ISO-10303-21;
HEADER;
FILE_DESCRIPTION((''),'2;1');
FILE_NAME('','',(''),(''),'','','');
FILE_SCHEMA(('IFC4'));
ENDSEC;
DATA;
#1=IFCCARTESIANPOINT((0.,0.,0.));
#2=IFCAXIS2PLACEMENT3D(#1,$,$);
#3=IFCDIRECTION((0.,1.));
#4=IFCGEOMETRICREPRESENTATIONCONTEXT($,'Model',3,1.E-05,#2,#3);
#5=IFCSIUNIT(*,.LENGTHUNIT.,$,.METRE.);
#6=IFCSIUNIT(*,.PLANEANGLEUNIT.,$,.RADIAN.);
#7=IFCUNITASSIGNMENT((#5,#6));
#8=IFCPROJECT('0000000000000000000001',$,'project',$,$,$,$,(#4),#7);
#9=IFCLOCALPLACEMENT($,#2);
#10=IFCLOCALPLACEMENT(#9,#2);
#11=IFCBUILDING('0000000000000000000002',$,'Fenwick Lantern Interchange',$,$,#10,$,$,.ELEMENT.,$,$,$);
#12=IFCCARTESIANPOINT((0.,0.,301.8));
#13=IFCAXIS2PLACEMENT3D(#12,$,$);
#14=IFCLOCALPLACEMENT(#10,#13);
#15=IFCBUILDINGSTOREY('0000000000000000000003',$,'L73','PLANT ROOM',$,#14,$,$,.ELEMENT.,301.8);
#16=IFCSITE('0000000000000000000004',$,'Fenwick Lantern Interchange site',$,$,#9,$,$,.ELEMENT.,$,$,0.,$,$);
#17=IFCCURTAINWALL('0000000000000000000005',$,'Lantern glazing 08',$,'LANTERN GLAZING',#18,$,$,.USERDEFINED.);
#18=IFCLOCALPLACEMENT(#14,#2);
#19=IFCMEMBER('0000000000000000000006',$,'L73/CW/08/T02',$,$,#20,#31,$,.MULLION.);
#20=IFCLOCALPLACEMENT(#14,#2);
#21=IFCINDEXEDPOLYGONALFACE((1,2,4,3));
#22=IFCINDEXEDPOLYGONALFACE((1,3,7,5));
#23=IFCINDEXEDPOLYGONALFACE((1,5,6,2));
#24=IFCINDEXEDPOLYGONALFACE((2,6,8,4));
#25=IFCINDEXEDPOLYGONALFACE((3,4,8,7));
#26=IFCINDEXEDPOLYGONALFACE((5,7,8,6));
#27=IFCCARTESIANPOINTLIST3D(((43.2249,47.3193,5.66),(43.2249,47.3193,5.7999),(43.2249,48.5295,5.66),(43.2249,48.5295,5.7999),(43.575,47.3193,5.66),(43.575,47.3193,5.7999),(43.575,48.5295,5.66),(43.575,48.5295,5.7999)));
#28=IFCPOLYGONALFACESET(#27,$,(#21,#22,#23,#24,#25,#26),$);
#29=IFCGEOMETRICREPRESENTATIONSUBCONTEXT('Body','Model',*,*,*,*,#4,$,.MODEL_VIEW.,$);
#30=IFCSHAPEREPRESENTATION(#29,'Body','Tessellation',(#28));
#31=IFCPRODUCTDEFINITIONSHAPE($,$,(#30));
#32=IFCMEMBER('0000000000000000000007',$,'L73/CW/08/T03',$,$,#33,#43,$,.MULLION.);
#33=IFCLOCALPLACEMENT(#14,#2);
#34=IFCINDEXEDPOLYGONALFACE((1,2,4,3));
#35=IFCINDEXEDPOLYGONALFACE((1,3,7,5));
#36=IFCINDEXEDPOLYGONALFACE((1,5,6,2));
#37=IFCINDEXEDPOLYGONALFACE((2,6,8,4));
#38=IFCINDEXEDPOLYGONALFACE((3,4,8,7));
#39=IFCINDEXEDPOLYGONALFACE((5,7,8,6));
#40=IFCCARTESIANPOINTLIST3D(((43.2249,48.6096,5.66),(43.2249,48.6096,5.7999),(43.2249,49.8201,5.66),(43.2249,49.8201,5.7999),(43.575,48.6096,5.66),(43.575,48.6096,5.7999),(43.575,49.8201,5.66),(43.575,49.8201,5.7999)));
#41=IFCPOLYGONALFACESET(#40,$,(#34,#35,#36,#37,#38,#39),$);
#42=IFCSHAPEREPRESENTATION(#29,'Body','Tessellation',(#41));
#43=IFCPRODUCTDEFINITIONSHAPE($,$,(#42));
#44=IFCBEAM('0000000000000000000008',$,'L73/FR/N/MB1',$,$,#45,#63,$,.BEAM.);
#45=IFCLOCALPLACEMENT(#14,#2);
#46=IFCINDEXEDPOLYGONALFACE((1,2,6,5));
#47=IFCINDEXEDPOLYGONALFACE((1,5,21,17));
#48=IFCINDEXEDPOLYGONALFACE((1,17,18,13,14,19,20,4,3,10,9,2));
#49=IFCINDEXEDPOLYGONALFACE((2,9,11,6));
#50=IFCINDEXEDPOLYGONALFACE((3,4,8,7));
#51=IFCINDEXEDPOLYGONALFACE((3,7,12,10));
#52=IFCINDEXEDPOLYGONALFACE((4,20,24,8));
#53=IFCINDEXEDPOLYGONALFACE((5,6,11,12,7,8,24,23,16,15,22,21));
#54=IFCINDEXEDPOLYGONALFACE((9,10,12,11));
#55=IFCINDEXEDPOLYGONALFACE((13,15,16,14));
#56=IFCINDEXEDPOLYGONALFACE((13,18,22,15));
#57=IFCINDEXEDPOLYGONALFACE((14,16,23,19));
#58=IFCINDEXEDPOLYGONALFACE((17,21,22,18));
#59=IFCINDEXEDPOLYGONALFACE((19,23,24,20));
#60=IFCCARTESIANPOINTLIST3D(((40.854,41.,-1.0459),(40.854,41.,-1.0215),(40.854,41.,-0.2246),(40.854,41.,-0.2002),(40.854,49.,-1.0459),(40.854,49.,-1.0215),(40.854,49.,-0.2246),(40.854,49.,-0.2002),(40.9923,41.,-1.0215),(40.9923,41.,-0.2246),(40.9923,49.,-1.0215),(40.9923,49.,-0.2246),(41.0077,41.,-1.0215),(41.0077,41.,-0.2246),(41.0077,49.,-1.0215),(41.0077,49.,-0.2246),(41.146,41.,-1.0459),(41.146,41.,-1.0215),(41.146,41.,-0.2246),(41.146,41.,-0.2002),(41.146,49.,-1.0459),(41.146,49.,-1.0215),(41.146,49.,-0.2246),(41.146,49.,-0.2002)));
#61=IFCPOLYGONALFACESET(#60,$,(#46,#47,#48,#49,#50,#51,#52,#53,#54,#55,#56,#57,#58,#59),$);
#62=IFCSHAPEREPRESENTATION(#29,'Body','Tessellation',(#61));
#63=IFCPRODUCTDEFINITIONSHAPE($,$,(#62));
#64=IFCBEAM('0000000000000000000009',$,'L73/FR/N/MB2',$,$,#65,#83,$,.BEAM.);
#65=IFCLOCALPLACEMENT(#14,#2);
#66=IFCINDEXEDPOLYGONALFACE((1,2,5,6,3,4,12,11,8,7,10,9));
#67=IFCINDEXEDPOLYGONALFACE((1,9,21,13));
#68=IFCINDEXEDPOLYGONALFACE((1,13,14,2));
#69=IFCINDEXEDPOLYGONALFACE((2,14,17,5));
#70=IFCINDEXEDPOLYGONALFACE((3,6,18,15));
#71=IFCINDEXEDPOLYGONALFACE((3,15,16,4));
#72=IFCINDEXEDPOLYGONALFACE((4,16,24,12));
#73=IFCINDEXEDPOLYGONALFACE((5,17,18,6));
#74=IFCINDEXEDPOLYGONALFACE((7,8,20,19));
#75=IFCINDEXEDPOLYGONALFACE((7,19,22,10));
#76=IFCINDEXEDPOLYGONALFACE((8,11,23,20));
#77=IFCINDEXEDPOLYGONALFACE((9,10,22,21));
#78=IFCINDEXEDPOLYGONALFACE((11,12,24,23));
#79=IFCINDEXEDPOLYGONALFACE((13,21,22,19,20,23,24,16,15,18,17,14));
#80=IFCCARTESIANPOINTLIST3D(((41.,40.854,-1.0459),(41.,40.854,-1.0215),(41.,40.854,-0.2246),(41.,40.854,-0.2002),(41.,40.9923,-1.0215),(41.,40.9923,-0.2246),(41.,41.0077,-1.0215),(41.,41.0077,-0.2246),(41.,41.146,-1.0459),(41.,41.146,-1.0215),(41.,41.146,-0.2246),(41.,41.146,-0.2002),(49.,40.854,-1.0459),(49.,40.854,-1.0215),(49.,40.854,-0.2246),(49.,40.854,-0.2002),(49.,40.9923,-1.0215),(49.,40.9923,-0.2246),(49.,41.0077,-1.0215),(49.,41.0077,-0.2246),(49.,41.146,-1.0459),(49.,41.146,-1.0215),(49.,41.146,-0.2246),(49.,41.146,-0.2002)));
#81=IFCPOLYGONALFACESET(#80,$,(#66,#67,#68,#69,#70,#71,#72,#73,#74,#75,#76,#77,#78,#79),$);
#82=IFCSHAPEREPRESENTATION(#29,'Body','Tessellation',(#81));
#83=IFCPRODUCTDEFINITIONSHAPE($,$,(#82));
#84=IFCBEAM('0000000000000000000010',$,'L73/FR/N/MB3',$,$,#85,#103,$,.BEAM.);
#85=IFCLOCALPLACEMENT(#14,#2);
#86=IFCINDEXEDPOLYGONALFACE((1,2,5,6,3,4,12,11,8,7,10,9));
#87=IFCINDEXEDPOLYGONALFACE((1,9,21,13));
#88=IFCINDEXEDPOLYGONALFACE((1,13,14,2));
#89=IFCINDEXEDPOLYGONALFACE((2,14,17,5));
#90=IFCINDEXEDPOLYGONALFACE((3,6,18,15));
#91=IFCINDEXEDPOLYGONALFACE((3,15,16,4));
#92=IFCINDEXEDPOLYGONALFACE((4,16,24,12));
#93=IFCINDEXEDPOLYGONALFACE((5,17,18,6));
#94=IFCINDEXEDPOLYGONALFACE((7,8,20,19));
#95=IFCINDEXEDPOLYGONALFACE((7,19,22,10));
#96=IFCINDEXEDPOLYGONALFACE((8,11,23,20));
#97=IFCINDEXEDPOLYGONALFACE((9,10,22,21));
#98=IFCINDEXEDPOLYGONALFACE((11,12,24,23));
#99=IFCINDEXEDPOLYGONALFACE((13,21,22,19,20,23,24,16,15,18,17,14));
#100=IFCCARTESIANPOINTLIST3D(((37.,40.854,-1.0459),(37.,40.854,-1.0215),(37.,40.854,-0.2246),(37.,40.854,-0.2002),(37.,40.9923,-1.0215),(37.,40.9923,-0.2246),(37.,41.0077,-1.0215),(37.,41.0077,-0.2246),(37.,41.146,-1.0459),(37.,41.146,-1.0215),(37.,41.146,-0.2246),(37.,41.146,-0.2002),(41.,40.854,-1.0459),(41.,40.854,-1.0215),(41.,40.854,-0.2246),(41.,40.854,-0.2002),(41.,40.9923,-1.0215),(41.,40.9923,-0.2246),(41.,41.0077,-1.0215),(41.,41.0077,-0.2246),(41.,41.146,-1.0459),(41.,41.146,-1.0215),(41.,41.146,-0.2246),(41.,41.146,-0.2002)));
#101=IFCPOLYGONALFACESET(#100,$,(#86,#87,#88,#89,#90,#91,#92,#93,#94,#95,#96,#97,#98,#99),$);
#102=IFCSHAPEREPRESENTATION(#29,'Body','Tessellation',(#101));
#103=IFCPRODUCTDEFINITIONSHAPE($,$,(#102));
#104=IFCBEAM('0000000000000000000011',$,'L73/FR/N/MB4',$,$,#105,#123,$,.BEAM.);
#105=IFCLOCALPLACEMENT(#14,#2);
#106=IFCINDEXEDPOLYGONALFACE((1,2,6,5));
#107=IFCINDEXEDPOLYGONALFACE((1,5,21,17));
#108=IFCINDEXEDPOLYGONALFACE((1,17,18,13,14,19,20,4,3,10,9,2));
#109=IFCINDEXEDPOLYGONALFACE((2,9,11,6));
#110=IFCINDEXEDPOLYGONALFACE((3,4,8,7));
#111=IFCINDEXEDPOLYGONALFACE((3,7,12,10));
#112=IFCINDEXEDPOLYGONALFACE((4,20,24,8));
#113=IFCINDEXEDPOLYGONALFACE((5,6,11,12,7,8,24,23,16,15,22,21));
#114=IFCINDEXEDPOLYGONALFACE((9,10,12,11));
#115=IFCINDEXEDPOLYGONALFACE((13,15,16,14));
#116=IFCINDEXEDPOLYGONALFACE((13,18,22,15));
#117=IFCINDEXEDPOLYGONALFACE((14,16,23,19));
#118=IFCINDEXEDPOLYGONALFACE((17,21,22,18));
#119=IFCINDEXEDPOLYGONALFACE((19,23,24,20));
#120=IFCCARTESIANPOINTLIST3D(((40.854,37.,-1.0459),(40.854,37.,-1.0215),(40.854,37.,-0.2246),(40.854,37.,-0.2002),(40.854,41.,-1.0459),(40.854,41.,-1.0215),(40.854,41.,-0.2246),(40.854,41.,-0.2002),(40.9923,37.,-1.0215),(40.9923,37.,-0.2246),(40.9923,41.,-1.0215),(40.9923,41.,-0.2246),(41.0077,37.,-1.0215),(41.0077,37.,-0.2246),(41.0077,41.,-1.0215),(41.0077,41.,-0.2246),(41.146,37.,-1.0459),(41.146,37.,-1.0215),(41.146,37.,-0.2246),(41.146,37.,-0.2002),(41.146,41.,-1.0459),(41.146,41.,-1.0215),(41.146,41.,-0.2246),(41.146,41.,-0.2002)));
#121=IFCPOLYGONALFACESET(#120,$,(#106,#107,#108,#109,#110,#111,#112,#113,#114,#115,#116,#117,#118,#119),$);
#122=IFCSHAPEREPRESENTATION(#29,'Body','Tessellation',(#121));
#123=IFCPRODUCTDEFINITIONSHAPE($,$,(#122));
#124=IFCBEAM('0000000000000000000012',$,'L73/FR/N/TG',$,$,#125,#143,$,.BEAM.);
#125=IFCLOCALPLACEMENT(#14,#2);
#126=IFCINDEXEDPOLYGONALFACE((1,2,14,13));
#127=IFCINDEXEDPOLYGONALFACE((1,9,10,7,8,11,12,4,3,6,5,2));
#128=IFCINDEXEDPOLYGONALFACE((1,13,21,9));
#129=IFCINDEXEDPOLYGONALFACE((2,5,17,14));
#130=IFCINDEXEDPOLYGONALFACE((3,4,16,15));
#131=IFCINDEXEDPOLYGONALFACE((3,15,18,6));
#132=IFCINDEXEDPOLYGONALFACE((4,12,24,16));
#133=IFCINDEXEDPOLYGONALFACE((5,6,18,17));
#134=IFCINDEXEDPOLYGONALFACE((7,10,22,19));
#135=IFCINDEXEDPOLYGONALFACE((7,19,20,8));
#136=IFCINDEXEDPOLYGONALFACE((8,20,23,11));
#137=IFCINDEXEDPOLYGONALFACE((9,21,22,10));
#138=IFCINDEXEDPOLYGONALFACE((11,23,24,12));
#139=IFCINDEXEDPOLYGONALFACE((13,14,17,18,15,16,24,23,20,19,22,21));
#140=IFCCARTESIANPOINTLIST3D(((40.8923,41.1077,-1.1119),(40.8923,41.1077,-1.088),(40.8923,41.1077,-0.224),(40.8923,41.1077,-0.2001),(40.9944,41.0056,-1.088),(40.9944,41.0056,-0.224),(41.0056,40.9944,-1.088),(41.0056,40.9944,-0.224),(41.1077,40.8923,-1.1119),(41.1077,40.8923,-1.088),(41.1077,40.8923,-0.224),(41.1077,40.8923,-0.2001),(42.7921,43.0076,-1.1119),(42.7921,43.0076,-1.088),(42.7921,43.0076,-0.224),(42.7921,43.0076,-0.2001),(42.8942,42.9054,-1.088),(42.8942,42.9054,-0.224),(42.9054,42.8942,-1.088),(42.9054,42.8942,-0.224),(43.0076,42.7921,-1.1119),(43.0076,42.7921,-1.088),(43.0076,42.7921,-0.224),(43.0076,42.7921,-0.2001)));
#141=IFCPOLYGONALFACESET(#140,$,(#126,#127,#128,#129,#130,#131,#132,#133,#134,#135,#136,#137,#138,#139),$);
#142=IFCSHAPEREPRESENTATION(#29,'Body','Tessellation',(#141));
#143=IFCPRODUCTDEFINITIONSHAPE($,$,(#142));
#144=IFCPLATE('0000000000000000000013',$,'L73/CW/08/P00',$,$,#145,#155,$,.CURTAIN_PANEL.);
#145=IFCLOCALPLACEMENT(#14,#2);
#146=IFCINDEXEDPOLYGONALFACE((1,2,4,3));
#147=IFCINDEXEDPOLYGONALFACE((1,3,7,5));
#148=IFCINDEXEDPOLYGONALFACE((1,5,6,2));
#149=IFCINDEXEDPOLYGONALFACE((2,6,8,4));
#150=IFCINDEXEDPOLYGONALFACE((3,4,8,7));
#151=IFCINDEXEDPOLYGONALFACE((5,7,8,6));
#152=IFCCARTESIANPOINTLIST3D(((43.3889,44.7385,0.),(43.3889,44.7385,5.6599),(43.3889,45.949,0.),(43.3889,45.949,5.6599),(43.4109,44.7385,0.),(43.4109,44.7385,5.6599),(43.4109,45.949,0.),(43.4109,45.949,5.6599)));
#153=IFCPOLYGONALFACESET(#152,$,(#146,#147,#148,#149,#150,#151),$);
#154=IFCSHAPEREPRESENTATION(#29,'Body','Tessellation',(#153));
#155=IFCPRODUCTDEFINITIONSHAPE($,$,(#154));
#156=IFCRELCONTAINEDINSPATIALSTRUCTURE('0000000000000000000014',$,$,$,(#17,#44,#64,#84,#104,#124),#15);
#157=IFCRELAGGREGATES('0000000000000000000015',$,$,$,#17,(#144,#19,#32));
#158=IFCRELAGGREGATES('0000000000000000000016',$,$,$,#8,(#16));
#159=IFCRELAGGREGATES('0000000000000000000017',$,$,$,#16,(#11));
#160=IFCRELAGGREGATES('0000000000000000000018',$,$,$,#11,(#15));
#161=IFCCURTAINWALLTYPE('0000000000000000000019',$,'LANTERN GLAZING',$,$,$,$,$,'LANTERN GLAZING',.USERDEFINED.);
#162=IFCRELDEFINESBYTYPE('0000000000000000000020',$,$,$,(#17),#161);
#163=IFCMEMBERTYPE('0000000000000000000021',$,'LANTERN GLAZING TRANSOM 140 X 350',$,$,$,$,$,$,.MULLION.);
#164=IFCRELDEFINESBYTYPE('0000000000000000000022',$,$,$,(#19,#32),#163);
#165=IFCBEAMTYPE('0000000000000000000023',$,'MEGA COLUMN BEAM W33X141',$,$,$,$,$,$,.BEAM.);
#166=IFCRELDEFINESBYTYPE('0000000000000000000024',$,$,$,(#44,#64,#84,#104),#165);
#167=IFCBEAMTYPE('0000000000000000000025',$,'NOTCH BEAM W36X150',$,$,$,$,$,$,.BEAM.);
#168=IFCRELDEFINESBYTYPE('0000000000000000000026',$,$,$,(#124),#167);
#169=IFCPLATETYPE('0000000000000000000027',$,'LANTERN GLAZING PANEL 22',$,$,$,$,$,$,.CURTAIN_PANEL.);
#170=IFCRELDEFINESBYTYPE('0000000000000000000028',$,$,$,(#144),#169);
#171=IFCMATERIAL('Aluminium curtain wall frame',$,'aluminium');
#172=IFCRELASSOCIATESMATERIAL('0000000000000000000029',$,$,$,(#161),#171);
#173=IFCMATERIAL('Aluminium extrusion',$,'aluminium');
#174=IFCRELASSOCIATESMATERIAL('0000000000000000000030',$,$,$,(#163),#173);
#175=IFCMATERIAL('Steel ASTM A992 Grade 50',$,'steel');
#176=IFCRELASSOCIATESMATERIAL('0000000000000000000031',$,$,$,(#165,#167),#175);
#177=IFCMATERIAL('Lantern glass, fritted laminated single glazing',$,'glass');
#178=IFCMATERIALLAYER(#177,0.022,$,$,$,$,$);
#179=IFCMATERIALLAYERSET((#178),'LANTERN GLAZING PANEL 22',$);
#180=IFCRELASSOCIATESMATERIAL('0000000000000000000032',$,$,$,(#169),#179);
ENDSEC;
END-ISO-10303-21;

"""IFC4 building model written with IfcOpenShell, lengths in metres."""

from ifc_helpers import new_model, si_unit, direction, frame, origin, origin_2d, place, context, subcontext, project, spatial, rectangle, i_section, extrude, material, layer, layer_set, material_profile, profile_set, type_object, element, aggregate, save


model = new_model("IFC4")

# Units and contexts
model_context = context("Model", 3, precision=1e-05, world=origin(), true_north=direction((0.0, 1.0)))
body_context = subcontext(model_context, "Body", "Model", "MODEL_VIEW")
ifc_project = project(units=[si_unit("LENGTHUNIT", "METRE"), si_unit("PLANEANGLEUNIT", "RADIAN")], contexts=[model_context])

# Site, building, storey
site_placement = place(None, origin())
site = spatial("IfcSite", under=ifc_project, at=site_placement, Name="Fenwick Lantern Interchange site", CompositionType="ELEMENT", RefElevation=0.0)
building_placement = place(site_placement, origin())
building = spatial("IfcBuilding", under=site, at=building_placement, Name="Fenwick Lantern Interchange", CompositionType="ELEMENT")
storey_placement = place(building_placement, frame((0.0, 0.0, 301.8)))
storey = spatial("IfcBuildingStorey", under=building, at=storey_placement, Name="L73", Description="PLANT ROOM", CompositionType="ELEMENT", Elevation=301.8)

# Shared definitions
ifc_material_1 = material(Name="Steel ASTM A992 Grade 50", Category="steel")

# Curtain wall, members
ifc_material_2 = material(Name="Aluminium curtain wall frame", Category="aluminium")
curtain_wall_type = type_object("IfcCurtainWallType", Name="LANTERN GLAZING", ElementType="LANTERN GLAZING", PredefinedType="USERDEFINED", material=ifc_material_2)
curtain_wall_placement = place(storey_placement, origin())
curtain_wall = element("IfcCurtainWall", 1, at=curtain_wall_placement, inside=storey, type_object=curtain_wall_type, Name="Lantern glazing 08", ObjectType="LANTERN GLAZING", PredefinedType="USERDEFINED")
ifc_material_3 = material(Name="Aluminium extrusion", Category="aluminium")
ifc_material_profile_1 = material_profile(ifc_material_3, rectangle(XDim=0.3501, YDim=0.1399, at=origin_2d()), Name="LANTERN GLAZING TRANSOM 140 X 350")
ifc_profile_set_1 = profile_set([ifc_material_profile_1], Name="Aluminium extrusion")
member_type_1 = type_object("IfcMemberType", Name="LANTERN GLAZING TRANSOM 140 X 350", PredefinedType="MULLION", material=ifc_profile_set_1)
member_1_placement = place(storey_placement, frame((43.3999, 47.3193, 5.73), z_axis=(0.0, 1.0, 0.0), x_axis=(-1.0, 0.0, 0.0)))
member_1 = element("IfcMember", 2, at=member_1_placement, type_object=member_type_1, Name="L73/CW/08/T02", PredefinedType="MULLION", context=body_context, shape_type="SweptSolid", body=[
    extrude(rectangle(XDim=0.3501, YDim=0.1399, at=origin_2d()), origin(), (0.0, 0.0, 1.0), 1.2102),
])
member_2_placement = place(storey_placement, frame((43.3999, 48.6096, 5.73), z_axis=(0.0, 1.0, 0.0), x_axis=(-1.0, 0.0, 0.0)))
member_2 = element("IfcMember", 3, at=member_2_placement, type_object=member_type_1, Name="L73/CW/08/T03", PredefinedType="MULLION", context=body_context, shape_type="SweptSolid", body=[
    extrude(rectangle(XDim=0.3501, YDim=0.1399, at=origin_2d()), origin(), (0.0, 0.0, 1.0), 1.2104),
])

# Beams
ifc_material_profile_2 = material_profile(ifc_material_1, i_section(OverallWidth=0.292, OverallDepth=0.8457, WebThickness=0.0154, FlangeThickness=0.0244, at=origin_2d()), Name="W33X141")
ifc_profile_set_2 = profile_set([ifc_material_profile_2], Name="Steel ASTM A992 Grade 50")
beam_type_1 = type_object("IfcBeamType", Name="MEGA COLUMN BEAM W33X141", PredefinedType="BEAM", material=ifc_profile_set_2)
for number, where, z_axis, x_axis, name in (
    (4, (41.0, 41.0, -0.623), (0.0, 1.0, 0.0), (-1.0, 0.0, 0.0), "L73/FR/N/MB1"),
    (5, (41.0, 41.0, -0.623), (1.0, 0.0, 0.0), (0.0, 1.0, 0.0), "L73/FR/N/MB2"),
):
    element("IfcBeam", number, at=place(storey_placement, frame(where, z_axis=z_axis, x_axis=x_axis)), inside=storey, type_object=beam_type_1, Name=name, PredefinedType="BEAM", context=body_context, shape_type="SweptSolid", body=[
        extrude(i_section(OverallWidth=0.292, OverallDepth=0.8457, WebThickness=0.0154, FlangeThickness=0.0244, at=origin_2d()), origin(), (0.0, 0.0, 1.0), 8.0),
    ])
for number, where, z_axis, x_axis, name in (
    (6, (41.0, 41.0, -0.623), (-1.0, 0.0, 0.0), (0.0, -1.0, 0.0), "L73/FR/N/MB3"),
    (7, (41.0, 41.0, -0.623), (0.0, -1.0, 0.0), (1.0, 0.0, 0.0), "L73/FR/N/MB4"),
):
    element("IfcBeam", number, at=place(storey_placement, frame(where, z_axis=z_axis, x_axis=x_axis)), inside=storey, type_object=beam_type_1, Name=name, PredefinedType="BEAM", context=body_context, shape_type="SweptSolid", body=[
        extrude(i_section(OverallWidth=0.292, OverallDepth=0.8457, WebThickness=0.0154, FlangeThickness=0.0244, at=origin_2d()), origin(), (0.0, 0.0, 1.0), 4.0),
    ])
ifc_material_profile_3 = material_profile(ifc_material_1, i_section(OverallWidth=0.3047, OverallDepth=0.9119, WebThickness=0.0159, FlangeThickness=0.0239, at=origin_2d()), Name="W36X150")
ifc_profile_set_3 = profile_set([ifc_material_profile_3], Name="Steel ASTM A992 Grade 50")
beam_type_2 = type_object("IfcBeamType", Name="NOTCH BEAM W36X150", PredefinedType="BEAM", material=ifc_profile_set_3)
beam_1_placement = place(storey_placement, frame((41.0, 41.0, -0.656), z_axis=(0.707107, 0.707107, 0.0), x_axis=(-0.707107, 0.707107, 0.0)))
element("IfcBeam", 8, at=beam_1_placement, inside=storey, type_object=beam_type_2, Name="L73/FR/N/TG", PredefinedType="BEAM", context=body_context, shape_type="SweptSolid", body=[
    extrude(i_section(OverallWidth=0.3047, OverallDepth=0.9119, WebThickness=0.0159, FlangeThickness=0.0239, at=origin_2d()), origin(), (0.0, 0.0, 1.0), 2.6868),
])

# Plate
ifc_material_4 = material(Name="Lantern glass, fritted laminated single glazing", Category="glass")
ifc_layer_1 = layer(ifc_material_4, 0.022)
ifc_layer_set_1 = layer_set([ifc_layer_1], Name="LANTERN GLAZING PANEL 22")
plate_type = type_object("IfcPlateType", Name="LANTERN GLAZING PANEL 22", PredefinedType="CURTAIN_PANEL", material=ifc_layer_set_1)
plate_1_placement = place(storey_placement, frame((43.3999, 45.3438, 0.0), z_axis=(0.0, 0.0, 1.0), x_axis=(0.0, 1.0, 0.0)))
plate_1 = element("IfcPlate", 9, at=plate_1_placement, type_object=plate_type, Name="L73/CW/08/P00", PredefinedType="CURTAIN_PANEL", context=body_context, shape_type="SweptSolid", body=[
    extrude(rectangle(XDim=1.2104, YDim=0.022, at=origin_2d()), origin(), (0.0, 0.0, 1.0), 5.6599),
])
aggregate(curtain_wall, [plate_1, member_1, member_2])

save(model, "model.ifc")
